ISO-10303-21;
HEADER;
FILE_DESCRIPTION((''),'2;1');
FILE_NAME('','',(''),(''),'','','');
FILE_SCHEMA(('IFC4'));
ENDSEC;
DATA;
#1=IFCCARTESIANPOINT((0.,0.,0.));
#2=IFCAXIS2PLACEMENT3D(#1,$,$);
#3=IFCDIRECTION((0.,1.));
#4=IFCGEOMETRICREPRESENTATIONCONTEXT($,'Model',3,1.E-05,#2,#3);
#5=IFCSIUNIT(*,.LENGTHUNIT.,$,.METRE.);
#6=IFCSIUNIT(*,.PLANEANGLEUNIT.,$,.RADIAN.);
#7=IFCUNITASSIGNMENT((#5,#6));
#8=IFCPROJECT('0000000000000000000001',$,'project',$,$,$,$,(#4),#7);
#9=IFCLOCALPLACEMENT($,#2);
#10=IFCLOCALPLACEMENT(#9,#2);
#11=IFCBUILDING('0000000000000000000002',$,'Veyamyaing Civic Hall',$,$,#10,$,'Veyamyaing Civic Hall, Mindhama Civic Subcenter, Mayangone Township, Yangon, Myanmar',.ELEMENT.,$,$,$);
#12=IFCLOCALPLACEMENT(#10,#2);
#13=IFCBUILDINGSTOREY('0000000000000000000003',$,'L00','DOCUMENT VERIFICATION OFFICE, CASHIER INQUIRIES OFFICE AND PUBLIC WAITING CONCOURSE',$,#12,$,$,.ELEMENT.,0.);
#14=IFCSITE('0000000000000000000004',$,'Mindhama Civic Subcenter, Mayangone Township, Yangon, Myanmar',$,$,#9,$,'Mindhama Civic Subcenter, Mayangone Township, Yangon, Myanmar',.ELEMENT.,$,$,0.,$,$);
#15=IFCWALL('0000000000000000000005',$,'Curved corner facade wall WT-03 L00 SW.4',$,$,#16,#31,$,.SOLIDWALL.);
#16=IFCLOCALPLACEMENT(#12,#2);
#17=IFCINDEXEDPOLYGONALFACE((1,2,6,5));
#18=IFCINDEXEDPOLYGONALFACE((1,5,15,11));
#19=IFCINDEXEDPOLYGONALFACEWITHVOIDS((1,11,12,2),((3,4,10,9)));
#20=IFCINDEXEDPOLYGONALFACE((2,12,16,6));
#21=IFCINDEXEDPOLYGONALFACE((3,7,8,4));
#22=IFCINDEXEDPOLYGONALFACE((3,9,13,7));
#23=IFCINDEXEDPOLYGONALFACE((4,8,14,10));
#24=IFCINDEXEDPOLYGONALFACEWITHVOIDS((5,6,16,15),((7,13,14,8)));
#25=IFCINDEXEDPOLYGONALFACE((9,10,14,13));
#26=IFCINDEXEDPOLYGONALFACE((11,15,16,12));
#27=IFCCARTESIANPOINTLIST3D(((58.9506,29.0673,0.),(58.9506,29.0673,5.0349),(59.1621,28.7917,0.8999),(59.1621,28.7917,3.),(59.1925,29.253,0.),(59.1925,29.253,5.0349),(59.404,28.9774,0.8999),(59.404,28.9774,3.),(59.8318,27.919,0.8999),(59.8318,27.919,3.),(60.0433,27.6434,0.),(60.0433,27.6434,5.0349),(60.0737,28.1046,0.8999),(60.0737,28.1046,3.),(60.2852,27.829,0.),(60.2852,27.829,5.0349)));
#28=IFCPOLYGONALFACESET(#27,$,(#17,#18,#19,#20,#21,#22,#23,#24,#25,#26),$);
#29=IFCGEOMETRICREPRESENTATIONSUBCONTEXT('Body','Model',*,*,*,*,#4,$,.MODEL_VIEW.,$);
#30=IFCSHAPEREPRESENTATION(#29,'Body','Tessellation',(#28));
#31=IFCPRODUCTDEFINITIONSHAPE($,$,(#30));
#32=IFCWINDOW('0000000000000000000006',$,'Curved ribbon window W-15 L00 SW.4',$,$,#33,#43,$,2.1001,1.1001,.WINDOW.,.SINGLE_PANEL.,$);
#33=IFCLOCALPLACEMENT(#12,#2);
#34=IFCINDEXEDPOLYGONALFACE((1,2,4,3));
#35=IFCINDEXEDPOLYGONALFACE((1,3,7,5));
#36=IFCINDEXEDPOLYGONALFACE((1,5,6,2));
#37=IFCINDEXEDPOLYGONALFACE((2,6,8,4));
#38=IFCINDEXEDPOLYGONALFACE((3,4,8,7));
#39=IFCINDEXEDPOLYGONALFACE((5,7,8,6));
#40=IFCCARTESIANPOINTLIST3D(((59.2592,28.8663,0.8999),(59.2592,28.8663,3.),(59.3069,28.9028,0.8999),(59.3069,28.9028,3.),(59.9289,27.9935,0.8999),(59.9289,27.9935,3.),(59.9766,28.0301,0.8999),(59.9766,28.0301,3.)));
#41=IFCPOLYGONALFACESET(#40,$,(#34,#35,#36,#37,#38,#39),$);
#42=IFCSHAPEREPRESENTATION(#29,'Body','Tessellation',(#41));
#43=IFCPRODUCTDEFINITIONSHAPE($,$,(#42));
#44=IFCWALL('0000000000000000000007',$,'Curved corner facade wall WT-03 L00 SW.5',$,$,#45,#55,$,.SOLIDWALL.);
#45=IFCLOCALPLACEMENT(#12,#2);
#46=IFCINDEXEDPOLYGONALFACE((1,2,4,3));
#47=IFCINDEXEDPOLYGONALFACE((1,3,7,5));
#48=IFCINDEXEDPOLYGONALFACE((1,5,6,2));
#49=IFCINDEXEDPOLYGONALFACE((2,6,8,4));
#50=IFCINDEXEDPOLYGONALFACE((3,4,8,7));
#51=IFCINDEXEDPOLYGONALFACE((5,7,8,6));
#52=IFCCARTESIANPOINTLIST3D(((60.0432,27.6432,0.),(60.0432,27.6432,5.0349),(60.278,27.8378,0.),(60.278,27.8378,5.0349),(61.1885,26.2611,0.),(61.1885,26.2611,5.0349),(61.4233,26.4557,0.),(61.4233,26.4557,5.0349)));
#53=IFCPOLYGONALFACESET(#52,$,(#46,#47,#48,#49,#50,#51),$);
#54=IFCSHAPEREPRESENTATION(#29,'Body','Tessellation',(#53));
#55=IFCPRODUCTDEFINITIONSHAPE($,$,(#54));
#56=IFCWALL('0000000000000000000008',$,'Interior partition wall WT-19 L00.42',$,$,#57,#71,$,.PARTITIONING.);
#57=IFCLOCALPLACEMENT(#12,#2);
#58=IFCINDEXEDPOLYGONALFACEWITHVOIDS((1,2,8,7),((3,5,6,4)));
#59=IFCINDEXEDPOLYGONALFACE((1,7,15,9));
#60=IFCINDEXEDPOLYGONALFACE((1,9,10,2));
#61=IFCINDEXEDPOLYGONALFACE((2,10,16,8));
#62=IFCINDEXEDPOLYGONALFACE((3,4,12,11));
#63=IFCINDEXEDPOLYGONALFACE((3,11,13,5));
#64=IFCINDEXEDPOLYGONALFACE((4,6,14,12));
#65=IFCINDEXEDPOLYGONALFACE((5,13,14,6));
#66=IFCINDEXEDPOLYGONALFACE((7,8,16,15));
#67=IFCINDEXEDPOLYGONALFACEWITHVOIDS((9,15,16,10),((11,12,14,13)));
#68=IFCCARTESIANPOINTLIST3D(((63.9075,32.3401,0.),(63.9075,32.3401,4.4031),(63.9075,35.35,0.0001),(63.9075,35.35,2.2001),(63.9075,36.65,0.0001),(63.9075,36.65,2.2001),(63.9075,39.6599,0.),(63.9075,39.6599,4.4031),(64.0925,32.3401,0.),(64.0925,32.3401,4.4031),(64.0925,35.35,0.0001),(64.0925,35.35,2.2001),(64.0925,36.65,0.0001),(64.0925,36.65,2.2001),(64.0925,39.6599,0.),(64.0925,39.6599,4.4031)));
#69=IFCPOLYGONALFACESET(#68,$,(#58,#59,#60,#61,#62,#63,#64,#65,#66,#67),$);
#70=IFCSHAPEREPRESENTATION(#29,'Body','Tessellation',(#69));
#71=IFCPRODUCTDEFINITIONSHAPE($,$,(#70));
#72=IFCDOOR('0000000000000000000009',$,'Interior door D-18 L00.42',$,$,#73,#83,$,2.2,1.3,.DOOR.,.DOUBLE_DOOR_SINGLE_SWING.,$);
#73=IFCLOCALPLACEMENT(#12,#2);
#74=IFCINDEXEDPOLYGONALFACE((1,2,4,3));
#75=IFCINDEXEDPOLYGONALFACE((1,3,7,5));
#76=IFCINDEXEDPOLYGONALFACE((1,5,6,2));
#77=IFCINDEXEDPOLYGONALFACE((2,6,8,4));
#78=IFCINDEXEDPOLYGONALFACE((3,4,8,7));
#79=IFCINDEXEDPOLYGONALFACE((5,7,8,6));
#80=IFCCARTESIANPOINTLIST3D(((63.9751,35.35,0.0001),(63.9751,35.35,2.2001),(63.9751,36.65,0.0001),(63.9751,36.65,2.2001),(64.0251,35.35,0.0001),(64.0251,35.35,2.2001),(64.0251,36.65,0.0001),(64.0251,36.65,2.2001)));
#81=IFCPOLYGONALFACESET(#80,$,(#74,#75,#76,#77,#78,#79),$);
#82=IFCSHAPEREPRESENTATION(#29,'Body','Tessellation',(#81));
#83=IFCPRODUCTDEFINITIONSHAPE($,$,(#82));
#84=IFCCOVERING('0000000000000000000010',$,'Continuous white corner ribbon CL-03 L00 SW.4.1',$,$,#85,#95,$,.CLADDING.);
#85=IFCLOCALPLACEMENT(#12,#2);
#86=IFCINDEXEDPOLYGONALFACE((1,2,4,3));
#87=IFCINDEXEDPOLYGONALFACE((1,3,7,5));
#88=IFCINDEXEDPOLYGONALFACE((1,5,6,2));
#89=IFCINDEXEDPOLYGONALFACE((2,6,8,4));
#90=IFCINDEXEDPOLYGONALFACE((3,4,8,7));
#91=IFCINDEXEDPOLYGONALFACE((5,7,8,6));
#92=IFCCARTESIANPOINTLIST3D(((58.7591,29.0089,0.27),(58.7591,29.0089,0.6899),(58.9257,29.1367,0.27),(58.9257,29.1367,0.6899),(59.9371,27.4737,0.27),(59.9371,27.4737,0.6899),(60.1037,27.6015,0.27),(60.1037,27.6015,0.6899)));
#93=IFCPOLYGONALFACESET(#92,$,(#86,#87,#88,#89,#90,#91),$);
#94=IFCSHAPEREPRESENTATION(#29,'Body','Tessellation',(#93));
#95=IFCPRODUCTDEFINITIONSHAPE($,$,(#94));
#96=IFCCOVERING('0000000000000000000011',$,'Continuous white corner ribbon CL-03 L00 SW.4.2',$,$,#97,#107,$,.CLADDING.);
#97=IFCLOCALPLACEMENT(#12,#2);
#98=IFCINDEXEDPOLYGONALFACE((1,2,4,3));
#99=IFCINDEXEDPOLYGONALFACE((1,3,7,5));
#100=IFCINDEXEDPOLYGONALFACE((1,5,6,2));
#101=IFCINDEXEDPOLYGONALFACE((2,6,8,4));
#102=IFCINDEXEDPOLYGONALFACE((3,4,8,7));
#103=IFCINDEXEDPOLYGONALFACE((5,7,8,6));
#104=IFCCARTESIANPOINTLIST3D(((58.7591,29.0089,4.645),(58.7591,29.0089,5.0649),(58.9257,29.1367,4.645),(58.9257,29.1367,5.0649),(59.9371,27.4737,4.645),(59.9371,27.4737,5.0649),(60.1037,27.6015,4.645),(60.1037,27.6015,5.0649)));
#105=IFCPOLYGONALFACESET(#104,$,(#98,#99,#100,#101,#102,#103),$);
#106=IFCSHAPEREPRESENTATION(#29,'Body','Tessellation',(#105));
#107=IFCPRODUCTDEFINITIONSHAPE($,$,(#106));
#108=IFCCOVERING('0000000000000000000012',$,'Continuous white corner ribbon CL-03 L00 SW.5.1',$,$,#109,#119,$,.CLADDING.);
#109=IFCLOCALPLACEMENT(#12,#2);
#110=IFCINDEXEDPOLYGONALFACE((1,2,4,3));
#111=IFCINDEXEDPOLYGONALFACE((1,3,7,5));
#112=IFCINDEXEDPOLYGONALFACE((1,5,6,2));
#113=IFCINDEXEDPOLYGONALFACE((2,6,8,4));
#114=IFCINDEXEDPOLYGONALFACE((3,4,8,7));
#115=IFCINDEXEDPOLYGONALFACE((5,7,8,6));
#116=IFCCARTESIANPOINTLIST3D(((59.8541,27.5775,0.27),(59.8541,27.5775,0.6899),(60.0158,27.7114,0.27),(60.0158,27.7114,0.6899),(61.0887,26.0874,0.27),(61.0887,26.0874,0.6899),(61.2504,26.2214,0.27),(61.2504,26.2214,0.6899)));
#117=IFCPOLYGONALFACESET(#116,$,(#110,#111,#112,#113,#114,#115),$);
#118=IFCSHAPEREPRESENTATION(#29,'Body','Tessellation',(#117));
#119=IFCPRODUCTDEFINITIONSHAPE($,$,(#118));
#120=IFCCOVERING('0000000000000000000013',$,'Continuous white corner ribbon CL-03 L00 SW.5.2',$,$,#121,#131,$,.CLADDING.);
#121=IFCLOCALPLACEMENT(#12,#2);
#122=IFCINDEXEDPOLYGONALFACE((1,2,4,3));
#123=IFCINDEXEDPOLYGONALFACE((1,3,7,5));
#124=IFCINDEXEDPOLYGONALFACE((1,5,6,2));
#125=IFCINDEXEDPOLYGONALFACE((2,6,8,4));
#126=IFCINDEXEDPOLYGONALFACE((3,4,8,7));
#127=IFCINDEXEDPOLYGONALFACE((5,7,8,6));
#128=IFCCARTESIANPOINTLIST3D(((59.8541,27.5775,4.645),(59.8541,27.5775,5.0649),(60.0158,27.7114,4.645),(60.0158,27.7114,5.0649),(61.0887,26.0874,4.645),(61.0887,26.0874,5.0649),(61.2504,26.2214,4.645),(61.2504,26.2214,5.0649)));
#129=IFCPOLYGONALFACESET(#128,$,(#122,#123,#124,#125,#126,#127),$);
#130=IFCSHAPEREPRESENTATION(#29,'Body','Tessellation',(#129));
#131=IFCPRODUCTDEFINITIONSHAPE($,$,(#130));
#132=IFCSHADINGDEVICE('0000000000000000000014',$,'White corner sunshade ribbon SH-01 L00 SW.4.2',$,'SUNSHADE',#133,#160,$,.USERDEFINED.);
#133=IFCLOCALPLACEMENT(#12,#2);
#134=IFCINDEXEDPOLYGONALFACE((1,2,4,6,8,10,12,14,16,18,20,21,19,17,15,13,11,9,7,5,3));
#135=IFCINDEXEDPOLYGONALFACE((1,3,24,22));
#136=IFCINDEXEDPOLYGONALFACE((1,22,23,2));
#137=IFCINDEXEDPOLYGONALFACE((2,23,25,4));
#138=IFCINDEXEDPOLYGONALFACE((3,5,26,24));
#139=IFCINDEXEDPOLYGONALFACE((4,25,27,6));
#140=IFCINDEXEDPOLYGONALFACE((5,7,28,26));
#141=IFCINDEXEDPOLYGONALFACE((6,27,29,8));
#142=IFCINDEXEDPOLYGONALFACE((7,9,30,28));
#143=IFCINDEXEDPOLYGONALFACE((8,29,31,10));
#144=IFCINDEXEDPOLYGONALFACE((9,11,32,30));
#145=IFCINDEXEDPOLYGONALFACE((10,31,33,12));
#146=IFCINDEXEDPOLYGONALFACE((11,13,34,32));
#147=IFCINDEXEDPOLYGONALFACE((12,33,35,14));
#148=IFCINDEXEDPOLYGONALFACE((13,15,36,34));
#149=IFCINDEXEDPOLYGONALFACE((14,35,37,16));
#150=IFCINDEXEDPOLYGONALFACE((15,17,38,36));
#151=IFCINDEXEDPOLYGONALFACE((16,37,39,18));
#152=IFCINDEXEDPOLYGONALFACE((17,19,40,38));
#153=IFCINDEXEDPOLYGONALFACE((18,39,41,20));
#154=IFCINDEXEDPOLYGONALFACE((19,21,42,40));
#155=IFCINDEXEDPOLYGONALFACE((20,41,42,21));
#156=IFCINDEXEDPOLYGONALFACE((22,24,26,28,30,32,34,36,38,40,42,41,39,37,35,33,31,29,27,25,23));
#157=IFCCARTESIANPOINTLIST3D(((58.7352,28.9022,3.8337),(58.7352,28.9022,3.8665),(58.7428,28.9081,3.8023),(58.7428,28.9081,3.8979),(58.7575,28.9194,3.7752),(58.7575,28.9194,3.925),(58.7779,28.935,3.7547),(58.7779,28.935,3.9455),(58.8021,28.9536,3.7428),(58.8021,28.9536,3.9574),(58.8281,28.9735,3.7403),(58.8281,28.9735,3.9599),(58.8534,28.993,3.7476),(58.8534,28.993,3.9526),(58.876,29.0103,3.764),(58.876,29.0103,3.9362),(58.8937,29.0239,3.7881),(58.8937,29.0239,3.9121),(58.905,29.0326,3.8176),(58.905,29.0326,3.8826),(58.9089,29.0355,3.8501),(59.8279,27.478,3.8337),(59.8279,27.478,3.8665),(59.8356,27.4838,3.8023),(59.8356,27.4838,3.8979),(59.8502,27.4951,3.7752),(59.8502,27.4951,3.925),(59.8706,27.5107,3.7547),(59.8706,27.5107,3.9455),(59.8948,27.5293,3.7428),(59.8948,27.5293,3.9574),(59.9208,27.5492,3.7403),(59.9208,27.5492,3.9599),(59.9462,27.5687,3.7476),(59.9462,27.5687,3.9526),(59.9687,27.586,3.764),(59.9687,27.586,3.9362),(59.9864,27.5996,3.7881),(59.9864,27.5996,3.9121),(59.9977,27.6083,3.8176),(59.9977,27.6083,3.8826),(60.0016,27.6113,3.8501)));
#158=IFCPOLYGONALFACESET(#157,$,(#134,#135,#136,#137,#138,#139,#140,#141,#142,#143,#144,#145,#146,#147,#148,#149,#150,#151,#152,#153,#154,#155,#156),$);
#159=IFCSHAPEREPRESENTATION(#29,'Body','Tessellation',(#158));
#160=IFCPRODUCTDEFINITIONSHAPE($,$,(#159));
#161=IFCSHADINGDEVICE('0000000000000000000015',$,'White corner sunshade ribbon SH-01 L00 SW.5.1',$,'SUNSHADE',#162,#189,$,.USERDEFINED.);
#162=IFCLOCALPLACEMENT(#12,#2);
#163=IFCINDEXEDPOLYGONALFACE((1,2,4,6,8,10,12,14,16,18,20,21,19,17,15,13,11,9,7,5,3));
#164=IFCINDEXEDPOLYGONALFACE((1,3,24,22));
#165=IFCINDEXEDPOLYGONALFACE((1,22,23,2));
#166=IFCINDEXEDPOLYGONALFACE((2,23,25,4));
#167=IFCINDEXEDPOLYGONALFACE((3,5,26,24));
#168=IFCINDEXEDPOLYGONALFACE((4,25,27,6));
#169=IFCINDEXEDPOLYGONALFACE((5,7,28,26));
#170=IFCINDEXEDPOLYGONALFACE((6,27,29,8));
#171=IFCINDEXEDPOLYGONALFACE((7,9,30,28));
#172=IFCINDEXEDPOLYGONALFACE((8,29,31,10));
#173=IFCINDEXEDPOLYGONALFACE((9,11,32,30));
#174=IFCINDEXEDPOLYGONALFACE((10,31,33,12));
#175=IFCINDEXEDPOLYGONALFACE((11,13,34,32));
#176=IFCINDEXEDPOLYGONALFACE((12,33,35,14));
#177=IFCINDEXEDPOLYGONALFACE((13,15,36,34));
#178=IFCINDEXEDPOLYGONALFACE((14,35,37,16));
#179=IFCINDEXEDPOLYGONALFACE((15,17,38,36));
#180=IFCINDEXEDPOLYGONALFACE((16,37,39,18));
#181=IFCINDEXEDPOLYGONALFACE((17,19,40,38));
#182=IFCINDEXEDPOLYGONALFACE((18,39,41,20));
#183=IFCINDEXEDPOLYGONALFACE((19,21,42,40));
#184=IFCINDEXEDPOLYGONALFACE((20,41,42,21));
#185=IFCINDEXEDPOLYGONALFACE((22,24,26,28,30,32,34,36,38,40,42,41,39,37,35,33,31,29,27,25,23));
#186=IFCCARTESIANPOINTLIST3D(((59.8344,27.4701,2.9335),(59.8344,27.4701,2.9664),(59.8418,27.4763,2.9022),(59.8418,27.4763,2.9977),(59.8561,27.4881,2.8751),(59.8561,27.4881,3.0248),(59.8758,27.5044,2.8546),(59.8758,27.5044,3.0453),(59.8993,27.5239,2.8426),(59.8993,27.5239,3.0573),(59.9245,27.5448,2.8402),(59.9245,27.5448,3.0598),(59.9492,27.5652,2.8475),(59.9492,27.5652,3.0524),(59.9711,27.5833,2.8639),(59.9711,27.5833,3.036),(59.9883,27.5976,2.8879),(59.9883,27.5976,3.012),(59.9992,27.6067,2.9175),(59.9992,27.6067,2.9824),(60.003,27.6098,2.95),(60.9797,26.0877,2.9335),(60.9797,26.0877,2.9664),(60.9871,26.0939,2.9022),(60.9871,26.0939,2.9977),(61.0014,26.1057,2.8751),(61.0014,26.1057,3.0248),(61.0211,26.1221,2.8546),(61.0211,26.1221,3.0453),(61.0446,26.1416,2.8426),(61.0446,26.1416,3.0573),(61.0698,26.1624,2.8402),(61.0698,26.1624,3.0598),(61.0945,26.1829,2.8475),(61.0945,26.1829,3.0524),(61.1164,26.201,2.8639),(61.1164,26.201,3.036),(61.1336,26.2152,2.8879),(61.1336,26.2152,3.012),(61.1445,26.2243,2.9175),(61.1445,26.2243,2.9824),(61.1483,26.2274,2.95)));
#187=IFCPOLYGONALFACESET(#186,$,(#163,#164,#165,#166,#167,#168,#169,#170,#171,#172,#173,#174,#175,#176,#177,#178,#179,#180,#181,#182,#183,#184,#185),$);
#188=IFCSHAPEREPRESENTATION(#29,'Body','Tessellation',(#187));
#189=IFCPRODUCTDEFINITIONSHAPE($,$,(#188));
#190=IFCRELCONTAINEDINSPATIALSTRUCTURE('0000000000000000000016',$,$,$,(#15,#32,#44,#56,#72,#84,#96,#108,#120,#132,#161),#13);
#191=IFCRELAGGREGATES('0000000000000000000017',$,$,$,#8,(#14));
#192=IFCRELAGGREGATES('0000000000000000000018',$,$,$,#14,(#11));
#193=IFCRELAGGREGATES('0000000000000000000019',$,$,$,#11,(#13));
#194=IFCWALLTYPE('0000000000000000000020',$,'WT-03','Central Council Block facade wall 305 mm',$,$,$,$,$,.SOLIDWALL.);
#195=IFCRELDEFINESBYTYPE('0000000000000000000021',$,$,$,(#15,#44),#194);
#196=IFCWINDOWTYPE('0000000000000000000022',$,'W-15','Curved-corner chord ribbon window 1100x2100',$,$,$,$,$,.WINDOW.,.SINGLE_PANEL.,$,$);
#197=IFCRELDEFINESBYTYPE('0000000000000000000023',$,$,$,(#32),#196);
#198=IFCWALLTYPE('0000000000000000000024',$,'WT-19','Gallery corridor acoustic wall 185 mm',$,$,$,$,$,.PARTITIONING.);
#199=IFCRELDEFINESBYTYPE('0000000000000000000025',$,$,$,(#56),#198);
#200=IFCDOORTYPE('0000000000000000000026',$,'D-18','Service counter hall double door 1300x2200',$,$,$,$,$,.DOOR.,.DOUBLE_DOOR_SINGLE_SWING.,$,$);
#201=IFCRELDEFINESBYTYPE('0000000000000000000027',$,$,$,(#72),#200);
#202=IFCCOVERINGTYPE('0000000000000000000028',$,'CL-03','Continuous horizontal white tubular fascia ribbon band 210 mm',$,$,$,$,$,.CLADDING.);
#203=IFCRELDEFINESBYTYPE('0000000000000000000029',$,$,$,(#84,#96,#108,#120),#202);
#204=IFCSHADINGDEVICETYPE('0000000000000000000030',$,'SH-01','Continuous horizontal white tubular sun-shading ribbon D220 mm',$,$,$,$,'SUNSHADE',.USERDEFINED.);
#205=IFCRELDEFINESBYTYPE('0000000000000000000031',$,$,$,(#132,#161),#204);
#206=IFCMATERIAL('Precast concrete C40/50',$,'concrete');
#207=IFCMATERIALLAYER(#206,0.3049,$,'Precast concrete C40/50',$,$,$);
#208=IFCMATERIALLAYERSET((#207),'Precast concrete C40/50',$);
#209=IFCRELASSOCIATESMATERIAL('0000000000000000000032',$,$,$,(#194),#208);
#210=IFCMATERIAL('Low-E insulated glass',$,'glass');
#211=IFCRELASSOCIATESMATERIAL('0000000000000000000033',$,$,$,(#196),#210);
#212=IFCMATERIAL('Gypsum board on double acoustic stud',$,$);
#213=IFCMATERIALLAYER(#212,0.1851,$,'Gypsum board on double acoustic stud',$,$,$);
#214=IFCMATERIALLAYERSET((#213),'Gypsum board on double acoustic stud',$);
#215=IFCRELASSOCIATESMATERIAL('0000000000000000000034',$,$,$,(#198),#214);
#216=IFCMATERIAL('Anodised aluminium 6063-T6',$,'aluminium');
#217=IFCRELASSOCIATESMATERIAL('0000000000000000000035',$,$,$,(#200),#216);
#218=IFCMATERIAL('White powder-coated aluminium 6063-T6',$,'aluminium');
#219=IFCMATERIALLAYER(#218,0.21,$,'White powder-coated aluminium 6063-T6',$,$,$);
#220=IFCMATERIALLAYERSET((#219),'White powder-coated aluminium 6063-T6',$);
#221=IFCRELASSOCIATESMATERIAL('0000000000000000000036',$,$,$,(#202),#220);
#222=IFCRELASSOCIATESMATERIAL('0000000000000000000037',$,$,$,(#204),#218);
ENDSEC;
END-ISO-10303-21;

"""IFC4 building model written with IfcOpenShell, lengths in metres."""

from ifc_helpers import new_model, si_unit, direction, frame, frame_2d, origin, origin_2d, place, context, subcontext, project, spatial, rectangle, circle, extrude, material, layer, layer_set, material_profile, profile_set, type_object, element, fill, save


model = new_model("IFC4")

# Units and contexts
model_context = context("Model", 3, precision=1e-05, world=origin(), true_north=direction((0.0, 1.0)))
body_context = subcontext(model_context, "Body", "Model", "MODEL_VIEW")
ifc_project = project(units=[si_unit("LENGTHUNIT", "METRE"), si_unit("PLANEANGLEUNIT", "RADIAN")], contexts=[model_context])

# Site, building, storey
site_placement = place(None, origin())
site = spatial("IfcSite", under=ifc_project, at=site_placement, Name="Mindhama Civic Subcenter, Mayangone Township, Yangon, Myanmar", LongName="Mindhama Civic Subcenter, Mayangone Township, Yangon, Myanmar", CompositionType="ELEMENT", RefElevation=0.0)
building_placement = place(site_placement, origin())
building = spatial("IfcBuilding", under=site, at=building_placement, Name="Veyamyaing Civic Hall", LongName="Veyamyaing Civic Hall, Mindhama Civic Subcenter, Mayangone Township, Yangon, Myanmar", CompositionType="ELEMENT")
storey_placement = place(building_placement, origin())
storey = spatial("IfcBuildingStorey", under=building, at=storey_placement, Name="L00", Description="DOCUMENT VERIFICATION OFFICE, CASHIER INQUIRIES OFFICE AND PUBLIC WAITING CONCOURSE", CompositionType="ELEMENT", Elevation=0.0)

# Wall, opening, window
ifc_material_1 = material(Name="Precast concrete C40/50", Category="concrete")
ifc_layer_1 = layer(ifc_material_1, 0.3049, Name="Precast concrete C40/50")
ifc_layer_set_1 = layer_set([ifc_layer_1], Name="Precast concrete C40/50")
wall_type_1 = type_object("IfcWallType", Name="WT-03", Description="Central Council Block facade wall 305 mm", PredefinedType="SOLIDWALL", material=ifc_layer_set_1)
wall_1_placement = place(storey_placement, frame((59.0715, 29.1602, 0.0), z_axis=(0.0, 0.0, 1.0), x_axis=(0.608777, -0.793341, 0.0)))
wall_1 = element("IfcWall", 1, at=wall_1_placement, inside=storey, type_object=wall_type_1, Name="Curved corner facade wall WT-03 L00 SW.4", PredefinedType="SOLIDWALL", context=body_context, shape_type="SweptSolid", body=[
    extrude(rectangle(XDim=1.7949, YDim=0.3049, at=frame_2d((0.8975, 0.0))), origin(), (0.0, 0.0, 1.0), 5.0349),
])
opening_1_placement = place(wall_1_placement, frame((0.3474, 0.0, 0.8999)))
opening_1 = element("IfcOpeningElement", 2, at=opening_1_placement, cuts=wall_1, PredefinedType="OPENING", context=body_context, shape_type="SweptSolid", body=[
    extrude(rectangle(XDim=1.1001, YDim=2.1001, at=frame_2d((0.55, 1.05))), frame((0.0, 0.1624, 0.0), z_axis=(0.0, -1.0, 0.0), x_axis=(1.0, 0.0, 0.0)), (0.0, 0.0, 1.0), 0.325),
])
ifc_material_2 = material(Name="Low-E insulated glass", Category="glass")
window_type = type_object("IfcWindowType", Name="W-15", Description="Curved-corner chord ribbon window 1100x2100", PartitioningType="SINGLE_PANEL", PredefinedType="WINDOW", material=ifc_material_2)
window_placement = place(opening_1_placement, origin())
window = element("IfcWindow", 3, at=window_placement, inside=storey, type_object=window_type, Name="Curved ribbon window W-15 L00 SW.4", OverallHeight=2.1001, OverallWidth=1.1001, PartitioningType="SINGLE_PANEL", PredefinedType="WINDOW", context=body_context, shape_type="SweptSolid", body=[
    extrude(rectangle(XDim=1.1001, YDim=2.1001, at=frame_2d((0.55, 1.05))), frame((0.0, 0.03, 0.0), z_axis=(0.0, -1.0, 0.0), x_axis=(1.0, 0.0, 0.0)), (0.0, 0.0, 1.0), 0.0601),
])
fill(opening_1, window)

# Wall
wall_2_placement = place(storey_placement, frame((60.1606, 27.7405, 0.0), z_axis=(0.0, 0.0, 1.0), x_axis=(0.638055, -0.769991, 0.0)))
element("IfcWall", 4, at=wall_2_placement, inside=storey, type_object=wall_type_1, Name="Curved corner facade wall WT-03 L00 SW.5", PredefinedType="SOLIDWALL", context=body_context, shape_type="SweptSolid", body=[
    extrude(rectangle(XDim=1.7949, YDim=0.3049, at=frame_2d((0.8975, 0.0))), origin(), (0.0, 0.0, 1.0), 5.0349),
])

# Wall, opening, door
ifc_material_3 = material(Name="Gypsum board on double acoustic stud")
ifc_layer_2 = layer(ifc_material_3, 0.1851, Name="Gypsum board on double acoustic stud")
ifc_layer_set_2 = layer_set([ifc_layer_2], Name="Gypsum board on double acoustic stud")
wall_type_2 = type_object("IfcWallType", Name="WT-19", Description="Gallery corridor acoustic wall 185 mm", PredefinedType="PARTITIONING", material=ifc_layer_set_2)
wall_3_placement = place(storey_placement, frame((64.0, 32.3401, 0.0), z_axis=(0.0, 0.0, 1.0), x_axis=(0.0, 1.0, 0.0)))
wall_3 = element("IfcWall", 5, at=wall_3_placement, inside=storey, type_object=wall_type_2, Name="Interior partition wall WT-19 L00.42", PredefinedType="PARTITIONING", context=body_context, shape_type="SweptSolid", body=[
    extrude(rectangle(XDim=7.3198, YDim=0.1851, at=frame_2d((3.6599, 0.0))), origin(), (0.0, 0.0, 1.0), 4.4031),
])
opening_2_placement = place(wall_3_placement, frame((3.01, 0.0, 0.0)))
opening_2 = element("IfcOpeningElement", 6, at=opening_2_placement, cuts=wall_3, PredefinedType="OPENING", context=body_context, shape_type="SweptSolid", body=[
    extrude(rectangle(XDim=1.3, YDim=2.2, at=frame_2d((0.6499, 1.1001))), frame((0.0, 0.1025, 0.0), z_axis=(0.0, -1.0, 0.0), x_axis=(1.0, 0.0, 0.0)), (0.0, 0.0, 1.0), 0.2051),
])
ifc_material_4 = material(Name="Anodised aluminium 6063-T6", Category="aluminium")
door_type = type_object("IfcDoorType", Name="D-18", Description="Service counter hall double door 1300x2200", OperationType="DOUBLE_DOOR_SINGLE_SWING", PredefinedType="DOOR", material=ifc_material_4)
door_placement = place(opening_2_placement, origin())
door = element("IfcDoor", 7, at=door_placement, inside=storey, type_object=door_type, Name="Interior door D-18 L00.42", OperationType="DOUBLE_DOOR_SINGLE_SWING", OverallHeight=2.2, OverallWidth=1.3, PredefinedType="DOOR", context=body_context, shape_type="SweptSolid", body=[
    extrude(rectangle(XDim=1.3, YDim=2.2, at=frame_2d((0.6499, 1.1001))), frame((0.0, 0.0249, 0.0), z_axis=(0.0, -1.0, 0.0), x_axis=(1.0, 0.0, 0.0)), (0.0, 0.0, 1.0), 0.05),
])
fill(opening_2, door)

# Coverings
ifc_material_5 = material(Name="White powder-coated aluminium 6063-T6", Category="aluminium")
ifc_layer_3 = layer(ifc_material_5, 0.21, Name="White powder-coated aluminium 6063-T6")
ifc_layer_set_3 = layer_set([ifc_layer_3], Name="White powder-coated aluminium 6063-T6")
covering_type = type_object("IfcCoveringType", Name="CL-03", Description="Continuous horizontal white tubular fascia ribbon band 210 mm", PredefinedType="CLADDING", material=ifc_layer_set_3)
for number, where, z_axis, x_axis, name in (
    (8, (59.4314, 28.3052, 0.27), (0.0, 0.0, 1.0), (0.608761, -0.793353, 0.0), "Continuous white corner ribbon CL-03 L00 SW.4.1"),
    (9, (59.4314, 28.3052, 4.645), (0.0, 0.0, 1.0), (0.608761, -0.793353, 0.0), "Continuous white corner ribbon CL-03 L00 SW.4.2"),
    (10, (60.5522, 26.8994, 0.27), (0.0, 0.0, 1.0), (0.638, -0.770036, 0.0), "Continuous white corner ribbon CL-03 L00 SW.5.1"),
    (11, (60.5522, 26.8994, 4.645), (0.0, 0.0, 1.0), (0.638, -0.770036, 0.0), "Continuous white corner ribbon CL-03 L00 SW.5.2"),
):
    element("IfcCovering", number, at=place(storey_placement, frame(where, z_axis=z_axis, x_axis=x_axis)), inside=storey, type_object=covering_type, Name=name, PredefinedType="CLADDING", context=body_context, shape_type="SweptSolid", body=[
        extrude(rectangle(XDim=1.9351, YDim=0.21, at=origin_2d()), origin(), (0.0, 0.0, 1.0), 0.4199),
    ])

# Shading devices
ifc_material_profile_1 = material_profile(ifc_material_5, circle(Radius=0.1101, at=origin_2d()), Name="SHADE-TUBE-220")
ifc_profile_set_1 = profile_set([ifc_material_profile_1], Name="White powder-coated aluminium 6063-T6")
shading_device_type = type_object("IfcShadingDeviceType", Name="SH-01", Description="Continuous horizontal white tubular sun-shading ribbon D220 mm", ElementType="SUNSHADE", PredefinedType="USERDEFINED", material=ifc_profile_set_1)
for number, where, z_axis, x_axis, name in (
    (12, (58.8215, 28.9685, 3.8501), (0.608711, -0.793392, 0.0), (0.793392, 0.608711, 0.0), "White corner sunshade ribbon SH-01 L00 SW.4.2"),
    (13, (59.9182, 27.5396, 2.95), (0.637988, -0.770046, 0.0), (0.770046, 0.637988, 0.0), "White corner sunshade ribbon SH-01 L00 SW.5.1"),
):
    element("IfcShadingDevice", number, at=place(storey_placement, frame(where, z_axis=z_axis, x_axis=x_axis)), inside=storey, type_object=shading_device_type, Name=name, ObjectType="SUNSHADE", PredefinedType="USERDEFINED", context=body_context, shape_type="SweptSolid", body=[
        extrude(circle(Radius=0.1101, at=origin_2d()), origin(), (0.0, 0.0, 1.0), 1.7952),
    ])

save(model, "model.ifc")
